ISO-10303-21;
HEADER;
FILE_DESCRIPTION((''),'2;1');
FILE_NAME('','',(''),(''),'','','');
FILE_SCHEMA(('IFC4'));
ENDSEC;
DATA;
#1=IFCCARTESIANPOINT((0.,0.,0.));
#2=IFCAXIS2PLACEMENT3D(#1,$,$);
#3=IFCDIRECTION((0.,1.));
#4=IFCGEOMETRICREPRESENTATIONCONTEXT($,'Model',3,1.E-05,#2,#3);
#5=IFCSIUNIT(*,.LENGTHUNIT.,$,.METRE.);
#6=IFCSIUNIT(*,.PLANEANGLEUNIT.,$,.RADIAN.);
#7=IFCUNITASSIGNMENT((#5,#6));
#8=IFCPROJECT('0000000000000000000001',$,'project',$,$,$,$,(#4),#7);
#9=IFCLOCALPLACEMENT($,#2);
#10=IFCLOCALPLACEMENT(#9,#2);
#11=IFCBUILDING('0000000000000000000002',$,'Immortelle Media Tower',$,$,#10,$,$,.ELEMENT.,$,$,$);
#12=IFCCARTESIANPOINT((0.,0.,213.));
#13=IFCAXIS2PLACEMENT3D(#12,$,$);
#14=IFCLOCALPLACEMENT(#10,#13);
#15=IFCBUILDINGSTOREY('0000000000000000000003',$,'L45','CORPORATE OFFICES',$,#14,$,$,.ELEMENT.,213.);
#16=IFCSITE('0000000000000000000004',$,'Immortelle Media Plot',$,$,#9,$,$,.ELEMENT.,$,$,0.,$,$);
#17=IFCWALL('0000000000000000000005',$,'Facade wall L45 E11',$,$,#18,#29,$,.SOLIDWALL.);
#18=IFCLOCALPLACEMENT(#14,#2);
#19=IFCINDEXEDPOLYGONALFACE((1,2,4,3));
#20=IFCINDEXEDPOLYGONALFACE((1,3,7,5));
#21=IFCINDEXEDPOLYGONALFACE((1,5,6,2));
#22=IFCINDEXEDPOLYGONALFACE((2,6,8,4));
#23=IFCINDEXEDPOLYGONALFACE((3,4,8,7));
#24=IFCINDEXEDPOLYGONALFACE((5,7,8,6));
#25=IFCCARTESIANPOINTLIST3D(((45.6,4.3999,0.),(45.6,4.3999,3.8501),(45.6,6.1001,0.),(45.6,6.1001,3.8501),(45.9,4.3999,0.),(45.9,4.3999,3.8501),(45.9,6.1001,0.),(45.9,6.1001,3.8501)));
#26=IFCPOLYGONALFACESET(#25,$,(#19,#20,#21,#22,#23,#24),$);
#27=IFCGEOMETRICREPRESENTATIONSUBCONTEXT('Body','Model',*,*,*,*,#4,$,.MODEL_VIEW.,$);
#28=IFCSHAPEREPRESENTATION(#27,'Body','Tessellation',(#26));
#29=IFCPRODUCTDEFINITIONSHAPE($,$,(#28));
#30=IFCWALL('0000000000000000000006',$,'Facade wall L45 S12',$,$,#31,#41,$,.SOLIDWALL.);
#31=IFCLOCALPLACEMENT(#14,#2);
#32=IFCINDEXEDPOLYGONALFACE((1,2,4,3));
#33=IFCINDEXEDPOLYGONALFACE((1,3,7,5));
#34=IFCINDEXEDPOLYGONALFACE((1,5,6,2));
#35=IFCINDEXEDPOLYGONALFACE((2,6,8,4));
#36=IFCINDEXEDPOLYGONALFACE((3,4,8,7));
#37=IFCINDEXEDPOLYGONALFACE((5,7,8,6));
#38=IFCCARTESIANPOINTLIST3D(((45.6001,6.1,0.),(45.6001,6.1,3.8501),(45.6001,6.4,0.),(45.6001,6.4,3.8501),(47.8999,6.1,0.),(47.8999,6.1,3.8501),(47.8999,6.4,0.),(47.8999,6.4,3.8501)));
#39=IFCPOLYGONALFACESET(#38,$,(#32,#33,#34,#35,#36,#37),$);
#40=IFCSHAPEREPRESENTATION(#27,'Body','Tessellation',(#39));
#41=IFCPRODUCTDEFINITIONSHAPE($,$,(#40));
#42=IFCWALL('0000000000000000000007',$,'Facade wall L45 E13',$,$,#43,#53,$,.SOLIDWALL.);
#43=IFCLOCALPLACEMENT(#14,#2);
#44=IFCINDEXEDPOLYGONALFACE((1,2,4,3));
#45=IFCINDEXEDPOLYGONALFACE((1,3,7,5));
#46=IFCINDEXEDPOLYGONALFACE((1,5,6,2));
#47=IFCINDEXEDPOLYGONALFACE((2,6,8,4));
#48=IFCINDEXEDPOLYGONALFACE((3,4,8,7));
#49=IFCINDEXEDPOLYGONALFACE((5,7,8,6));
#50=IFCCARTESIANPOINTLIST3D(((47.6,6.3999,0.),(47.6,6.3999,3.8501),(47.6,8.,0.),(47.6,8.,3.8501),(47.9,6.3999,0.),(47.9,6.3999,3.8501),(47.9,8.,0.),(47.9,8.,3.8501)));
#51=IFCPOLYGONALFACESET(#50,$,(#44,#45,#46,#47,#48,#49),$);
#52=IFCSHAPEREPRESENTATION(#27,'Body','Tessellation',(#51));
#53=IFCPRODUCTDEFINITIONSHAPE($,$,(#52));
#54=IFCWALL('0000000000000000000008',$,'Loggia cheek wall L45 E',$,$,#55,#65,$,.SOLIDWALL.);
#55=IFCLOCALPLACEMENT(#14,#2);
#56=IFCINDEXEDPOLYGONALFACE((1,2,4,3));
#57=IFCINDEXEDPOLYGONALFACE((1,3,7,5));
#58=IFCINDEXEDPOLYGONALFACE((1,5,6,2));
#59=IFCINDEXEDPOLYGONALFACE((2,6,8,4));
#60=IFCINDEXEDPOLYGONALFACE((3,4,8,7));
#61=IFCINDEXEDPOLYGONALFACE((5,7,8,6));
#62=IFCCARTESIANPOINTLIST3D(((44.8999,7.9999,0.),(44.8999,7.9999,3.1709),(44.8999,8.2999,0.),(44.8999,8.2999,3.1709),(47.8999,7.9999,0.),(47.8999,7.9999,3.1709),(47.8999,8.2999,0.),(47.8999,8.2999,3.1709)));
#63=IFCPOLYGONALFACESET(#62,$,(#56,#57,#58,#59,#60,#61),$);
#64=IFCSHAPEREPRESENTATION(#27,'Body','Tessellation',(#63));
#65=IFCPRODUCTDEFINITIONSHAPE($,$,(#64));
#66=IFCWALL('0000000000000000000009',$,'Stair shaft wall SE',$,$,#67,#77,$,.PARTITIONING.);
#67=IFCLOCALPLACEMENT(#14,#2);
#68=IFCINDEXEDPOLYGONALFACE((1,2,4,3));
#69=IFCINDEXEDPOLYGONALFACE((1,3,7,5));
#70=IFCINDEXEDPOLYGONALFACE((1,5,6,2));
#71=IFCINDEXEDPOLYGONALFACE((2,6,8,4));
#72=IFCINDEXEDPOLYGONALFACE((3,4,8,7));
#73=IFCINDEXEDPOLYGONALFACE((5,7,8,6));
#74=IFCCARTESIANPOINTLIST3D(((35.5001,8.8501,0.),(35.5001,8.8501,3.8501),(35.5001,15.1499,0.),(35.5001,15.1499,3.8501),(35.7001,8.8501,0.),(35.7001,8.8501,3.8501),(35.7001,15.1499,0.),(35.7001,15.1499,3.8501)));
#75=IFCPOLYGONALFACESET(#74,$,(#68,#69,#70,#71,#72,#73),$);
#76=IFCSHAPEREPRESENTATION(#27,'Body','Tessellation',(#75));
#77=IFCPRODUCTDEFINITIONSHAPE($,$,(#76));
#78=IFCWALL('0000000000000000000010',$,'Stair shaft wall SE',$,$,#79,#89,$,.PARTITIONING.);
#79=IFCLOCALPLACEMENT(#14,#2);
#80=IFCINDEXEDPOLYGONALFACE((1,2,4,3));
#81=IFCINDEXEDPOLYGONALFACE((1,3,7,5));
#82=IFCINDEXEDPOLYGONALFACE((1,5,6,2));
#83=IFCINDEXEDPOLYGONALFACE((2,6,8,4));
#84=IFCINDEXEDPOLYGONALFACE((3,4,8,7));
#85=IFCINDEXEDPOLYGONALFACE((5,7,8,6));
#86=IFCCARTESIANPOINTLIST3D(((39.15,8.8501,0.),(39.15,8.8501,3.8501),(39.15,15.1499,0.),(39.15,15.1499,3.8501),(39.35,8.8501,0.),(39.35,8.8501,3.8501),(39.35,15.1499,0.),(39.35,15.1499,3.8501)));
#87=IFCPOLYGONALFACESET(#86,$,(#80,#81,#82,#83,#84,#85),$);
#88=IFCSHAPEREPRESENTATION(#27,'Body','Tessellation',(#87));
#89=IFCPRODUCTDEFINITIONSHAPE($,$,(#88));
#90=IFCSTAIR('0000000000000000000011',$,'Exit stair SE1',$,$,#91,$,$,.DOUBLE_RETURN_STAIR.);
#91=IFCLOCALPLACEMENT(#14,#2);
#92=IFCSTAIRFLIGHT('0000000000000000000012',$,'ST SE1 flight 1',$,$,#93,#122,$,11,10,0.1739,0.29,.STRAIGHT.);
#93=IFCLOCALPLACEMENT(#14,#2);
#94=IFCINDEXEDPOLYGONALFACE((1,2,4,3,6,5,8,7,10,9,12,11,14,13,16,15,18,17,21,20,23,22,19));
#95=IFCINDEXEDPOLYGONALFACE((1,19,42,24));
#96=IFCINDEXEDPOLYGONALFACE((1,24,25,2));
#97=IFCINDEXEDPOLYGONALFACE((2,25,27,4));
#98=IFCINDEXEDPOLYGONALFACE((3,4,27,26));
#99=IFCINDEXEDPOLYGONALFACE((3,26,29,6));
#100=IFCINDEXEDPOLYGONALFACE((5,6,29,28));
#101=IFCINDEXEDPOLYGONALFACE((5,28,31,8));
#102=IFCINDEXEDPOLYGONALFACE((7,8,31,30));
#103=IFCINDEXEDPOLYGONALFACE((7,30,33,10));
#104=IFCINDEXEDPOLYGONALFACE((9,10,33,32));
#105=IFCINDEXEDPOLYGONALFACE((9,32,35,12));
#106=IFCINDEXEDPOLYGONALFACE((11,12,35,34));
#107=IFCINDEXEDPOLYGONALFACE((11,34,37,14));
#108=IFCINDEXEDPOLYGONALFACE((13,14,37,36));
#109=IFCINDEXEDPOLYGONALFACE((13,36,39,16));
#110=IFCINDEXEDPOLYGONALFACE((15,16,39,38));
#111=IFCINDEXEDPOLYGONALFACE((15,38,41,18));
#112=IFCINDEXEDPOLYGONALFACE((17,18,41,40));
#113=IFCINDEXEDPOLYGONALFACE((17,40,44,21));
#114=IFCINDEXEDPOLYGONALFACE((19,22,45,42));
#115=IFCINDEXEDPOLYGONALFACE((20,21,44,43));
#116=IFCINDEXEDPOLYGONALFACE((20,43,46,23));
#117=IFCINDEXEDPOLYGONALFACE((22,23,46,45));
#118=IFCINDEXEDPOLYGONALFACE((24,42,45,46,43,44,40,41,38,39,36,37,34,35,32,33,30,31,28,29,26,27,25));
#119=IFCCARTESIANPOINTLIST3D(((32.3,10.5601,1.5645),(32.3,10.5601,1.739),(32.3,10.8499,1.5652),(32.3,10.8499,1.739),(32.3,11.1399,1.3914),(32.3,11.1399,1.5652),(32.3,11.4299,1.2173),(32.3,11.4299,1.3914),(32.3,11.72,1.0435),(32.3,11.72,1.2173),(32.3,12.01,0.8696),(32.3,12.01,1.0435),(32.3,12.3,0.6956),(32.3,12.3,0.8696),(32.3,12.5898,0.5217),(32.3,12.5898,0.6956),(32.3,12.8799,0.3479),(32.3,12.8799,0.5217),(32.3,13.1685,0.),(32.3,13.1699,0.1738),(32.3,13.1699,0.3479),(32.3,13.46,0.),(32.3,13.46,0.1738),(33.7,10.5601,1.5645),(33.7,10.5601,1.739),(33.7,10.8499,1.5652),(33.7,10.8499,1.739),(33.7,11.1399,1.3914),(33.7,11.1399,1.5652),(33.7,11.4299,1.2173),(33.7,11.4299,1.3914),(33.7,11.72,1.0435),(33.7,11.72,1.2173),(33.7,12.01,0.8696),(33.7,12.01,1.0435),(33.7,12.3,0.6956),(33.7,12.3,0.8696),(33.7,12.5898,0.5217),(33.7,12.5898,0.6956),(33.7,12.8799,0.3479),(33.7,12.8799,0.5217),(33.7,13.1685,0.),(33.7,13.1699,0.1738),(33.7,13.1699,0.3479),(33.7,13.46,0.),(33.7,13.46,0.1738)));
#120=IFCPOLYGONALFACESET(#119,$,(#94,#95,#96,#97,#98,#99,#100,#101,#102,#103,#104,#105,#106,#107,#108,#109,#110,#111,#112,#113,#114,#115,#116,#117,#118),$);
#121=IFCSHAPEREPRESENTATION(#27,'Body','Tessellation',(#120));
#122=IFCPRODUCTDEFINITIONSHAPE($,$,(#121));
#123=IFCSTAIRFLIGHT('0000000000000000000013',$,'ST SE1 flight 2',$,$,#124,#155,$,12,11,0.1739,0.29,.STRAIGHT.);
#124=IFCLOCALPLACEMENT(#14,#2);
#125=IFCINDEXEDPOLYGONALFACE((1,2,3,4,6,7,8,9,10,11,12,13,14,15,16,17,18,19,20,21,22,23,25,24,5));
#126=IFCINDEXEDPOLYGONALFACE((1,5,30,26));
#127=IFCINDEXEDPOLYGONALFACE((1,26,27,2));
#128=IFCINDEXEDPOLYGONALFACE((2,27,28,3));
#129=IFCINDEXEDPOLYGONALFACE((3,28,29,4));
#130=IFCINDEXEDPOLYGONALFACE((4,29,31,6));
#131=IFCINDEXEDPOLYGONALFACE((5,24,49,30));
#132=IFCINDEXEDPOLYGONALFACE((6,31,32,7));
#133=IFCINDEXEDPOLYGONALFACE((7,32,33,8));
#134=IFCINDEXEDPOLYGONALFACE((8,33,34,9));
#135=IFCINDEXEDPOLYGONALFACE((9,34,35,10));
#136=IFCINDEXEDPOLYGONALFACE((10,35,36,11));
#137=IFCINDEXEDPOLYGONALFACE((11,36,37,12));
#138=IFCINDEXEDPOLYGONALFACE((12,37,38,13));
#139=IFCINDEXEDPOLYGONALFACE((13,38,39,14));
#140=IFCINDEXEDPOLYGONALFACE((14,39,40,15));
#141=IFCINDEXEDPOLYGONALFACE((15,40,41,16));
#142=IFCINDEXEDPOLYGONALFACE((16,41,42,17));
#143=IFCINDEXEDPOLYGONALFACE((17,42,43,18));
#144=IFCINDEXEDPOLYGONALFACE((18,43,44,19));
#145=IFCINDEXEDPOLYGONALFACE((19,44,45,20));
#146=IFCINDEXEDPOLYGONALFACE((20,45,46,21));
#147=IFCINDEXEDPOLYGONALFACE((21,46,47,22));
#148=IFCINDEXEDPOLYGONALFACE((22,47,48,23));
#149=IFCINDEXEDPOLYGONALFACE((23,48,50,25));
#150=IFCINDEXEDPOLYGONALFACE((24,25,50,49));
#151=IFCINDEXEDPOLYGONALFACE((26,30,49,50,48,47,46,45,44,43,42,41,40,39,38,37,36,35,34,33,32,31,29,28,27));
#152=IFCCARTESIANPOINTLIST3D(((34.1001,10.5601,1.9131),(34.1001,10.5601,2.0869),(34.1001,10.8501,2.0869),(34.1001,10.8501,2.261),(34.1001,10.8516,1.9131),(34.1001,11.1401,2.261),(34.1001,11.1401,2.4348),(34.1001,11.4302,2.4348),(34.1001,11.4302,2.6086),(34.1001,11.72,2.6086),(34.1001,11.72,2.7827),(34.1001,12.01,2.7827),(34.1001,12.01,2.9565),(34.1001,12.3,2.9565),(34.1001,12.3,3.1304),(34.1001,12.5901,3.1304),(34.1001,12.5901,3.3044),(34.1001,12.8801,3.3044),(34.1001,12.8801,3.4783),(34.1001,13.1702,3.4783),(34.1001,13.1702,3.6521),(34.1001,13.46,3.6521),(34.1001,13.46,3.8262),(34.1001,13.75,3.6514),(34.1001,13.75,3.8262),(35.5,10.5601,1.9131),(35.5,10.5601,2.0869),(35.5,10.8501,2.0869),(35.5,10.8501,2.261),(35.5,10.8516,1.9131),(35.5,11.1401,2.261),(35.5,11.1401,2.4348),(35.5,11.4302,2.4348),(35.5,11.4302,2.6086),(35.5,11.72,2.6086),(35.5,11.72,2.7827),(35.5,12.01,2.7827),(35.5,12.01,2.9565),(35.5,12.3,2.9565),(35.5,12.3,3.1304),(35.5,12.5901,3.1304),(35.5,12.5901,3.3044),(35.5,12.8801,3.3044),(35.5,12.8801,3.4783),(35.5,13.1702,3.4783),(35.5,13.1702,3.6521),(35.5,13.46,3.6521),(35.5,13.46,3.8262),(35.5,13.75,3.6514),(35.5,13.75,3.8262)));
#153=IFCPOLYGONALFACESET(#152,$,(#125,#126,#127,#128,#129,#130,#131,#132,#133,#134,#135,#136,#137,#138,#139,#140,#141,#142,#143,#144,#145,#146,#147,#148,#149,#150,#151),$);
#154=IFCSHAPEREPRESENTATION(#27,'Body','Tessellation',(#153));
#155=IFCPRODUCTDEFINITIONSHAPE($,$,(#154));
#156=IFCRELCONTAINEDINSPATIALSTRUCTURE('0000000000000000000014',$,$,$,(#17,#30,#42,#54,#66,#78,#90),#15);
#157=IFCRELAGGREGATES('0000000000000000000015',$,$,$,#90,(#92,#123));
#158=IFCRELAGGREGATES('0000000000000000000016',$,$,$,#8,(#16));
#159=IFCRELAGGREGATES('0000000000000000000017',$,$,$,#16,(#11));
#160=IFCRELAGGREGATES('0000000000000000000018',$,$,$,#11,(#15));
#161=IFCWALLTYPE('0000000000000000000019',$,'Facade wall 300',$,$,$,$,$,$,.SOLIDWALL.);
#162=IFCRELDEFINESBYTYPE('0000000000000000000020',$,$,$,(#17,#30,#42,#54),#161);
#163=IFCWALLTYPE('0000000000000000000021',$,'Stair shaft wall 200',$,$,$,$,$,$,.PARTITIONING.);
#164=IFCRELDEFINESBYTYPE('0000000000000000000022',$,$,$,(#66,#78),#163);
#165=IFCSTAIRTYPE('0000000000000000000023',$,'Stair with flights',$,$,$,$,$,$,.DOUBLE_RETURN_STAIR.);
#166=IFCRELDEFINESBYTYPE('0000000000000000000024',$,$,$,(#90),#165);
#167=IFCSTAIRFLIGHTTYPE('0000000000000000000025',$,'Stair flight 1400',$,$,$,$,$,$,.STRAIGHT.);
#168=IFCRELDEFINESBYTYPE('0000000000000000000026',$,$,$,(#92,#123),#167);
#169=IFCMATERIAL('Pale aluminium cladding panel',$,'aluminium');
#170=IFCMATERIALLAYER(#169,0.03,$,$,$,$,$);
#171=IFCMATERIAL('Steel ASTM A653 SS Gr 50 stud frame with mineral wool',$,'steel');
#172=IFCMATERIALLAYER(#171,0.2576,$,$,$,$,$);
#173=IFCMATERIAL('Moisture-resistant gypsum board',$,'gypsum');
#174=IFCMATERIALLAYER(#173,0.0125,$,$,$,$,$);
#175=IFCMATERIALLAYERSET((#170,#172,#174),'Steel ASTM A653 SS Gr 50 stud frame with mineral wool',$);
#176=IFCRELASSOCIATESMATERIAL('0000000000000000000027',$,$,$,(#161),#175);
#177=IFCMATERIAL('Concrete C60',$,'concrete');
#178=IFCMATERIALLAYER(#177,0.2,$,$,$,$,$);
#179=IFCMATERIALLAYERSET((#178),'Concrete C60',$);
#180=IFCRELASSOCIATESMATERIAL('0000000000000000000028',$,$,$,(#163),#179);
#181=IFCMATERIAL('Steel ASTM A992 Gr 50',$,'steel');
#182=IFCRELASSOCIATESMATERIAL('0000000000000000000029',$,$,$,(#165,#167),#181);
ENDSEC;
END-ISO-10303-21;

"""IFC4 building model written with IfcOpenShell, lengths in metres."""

from ifc_helpers import new_model, si_unit, direction, frame, frame_2d, origin, place, context, subcontext, project, spatial, polyline, rectangle, outline, extrude, material, layer, layer_set, type_object, element, aggregate, save


model = new_model("IFC4")

# Units and contexts
model_context = context("Model", 3, precision=1e-05, world=origin(), true_north=direction((0.0, 1.0)))
body_context = subcontext(model_context, "Body", "Model", "MODEL_VIEW")
ifc_project = project(units=[si_unit("LENGTHUNIT", "METRE"), si_unit("PLANEANGLEUNIT", "RADIAN")], contexts=[model_context])

# Site, building, storey
site_placement = place(None, origin())
site = spatial("IfcSite", under=ifc_project, at=site_placement, Name="Immortelle Media Plot", CompositionType="ELEMENT", RefElevation=0.0)
building_placement = place(site_placement, origin())
building = spatial("IfcBuilding", under=site, at=building_placement, Name="Immortelle Media Tower", CompositionType="ELEMENT")
storey_placement = place(building_placement, frame((0.0, 0.0, 213.0)))
storey = spatial("IfcBuildingStorey", under=building, at=storey_placement, Name="L45", Description="CORPORATE OFFICES", CompositionType="ELEMENT", Elevation=213.0)

# Shared definitions
ifc_material_1 = material(Name="Steel ASTM A992 Gr 50", Category="steel")

# Walls
ifc_material_2 = material(Name="Pale aluminium cladding panel", Category="aluminium")
ifc_layer_1 = layer(ifc_material_2, 0.03)
ifc_material_3 = material(Name="Steel ASTM A653 SS Gr 50 stud frame with mineral wool", Category="steel")
ifc_layer_2 = layer(ifc_material_3, 0.2576)
ifc_material_4 = material(Name="Moisture-resistant gypsum board", Category="gypsum")
ifc_layer_3 = layer(ifc_material_4, 0.0125)
ifc_layer_set_1 = layer_set([ifc_layer_1, ifc_layer_2, ifc_layer_3], Name="Steel ASTM A653 SS Gr 50 stud frame with mineral wool")
wall_type_1 = type_object("IfcWallType", Name="Facade wall 300", PredefinedType="SOLIDWALL", material=ifc_layer_set_1)
wall_1_placement = place(storey_placement, frame((45.75, 4.3999, 0.0), z_axis=(0.0, 0.0, 1.0), x_axis=(0.0, 1.0, 0.0)))
element("IfcWall", 1, at=wall_1_placement, inside=storey, type_object=wall_type_1, Name="Facade wall L45 E11", PredefinedType="SOLIDWALL", context=body_context, shape_type="SweptSolid", body=[
    extrude(rectangle(XDim=1.7002, YDim=0.3, at=frame_2d((0.8501, 0.0))), origin(), (0.0, 0.0, 1.0), 3.8501),
])
wall_2_placement = place(storey_placement, frame((45.6001, 6.25, 0.0), z_axis=(0.0, 0.0, 1.0), x_axis=(1.0, 0.0, 0.0)))
element("IfcWall", 2, at=wall_2_placement, inside=storey, type_object=wall_type_1, Name="Facade wall L45 S12", PredefinedType="SOLIDWALL", context=body_context, shape_type="SweptSolid", body=[
    extrude(rectangle(XDim=2.2998, YDim=0.3, at=frame_2d((1.1499, 0.0))), origin(), (0.0, 0.0, 1.0), 3.8501),
])
wall_3_placement = place(storey_placement, frame((47.75, 6.3999, 0.0), z_axis=(0.0, 0.0, 1.0), x_axis=(0.0, 1.0, 0.0)))
element("IfcWall", 3, at=wall_3_placement, inside=storey, type_object=wall_type_1, Name="Facade wall L45 E13", PredefinedType="SOLIDWALL", context=body_context, shape_type="SweptSolid", body=[
    extrude(rectangle(XDim=1.6001, YDim=0.3, at=frame_2d((0.8, 0.0))), origin(), (0.0, 0.0, 1.0), 3.8501),
])

# Walls
wall_4_placement = place(storey_placement, frame((47.8999, 8.1499, 0.0), z_axis=(0.0, 0.0, 1.0), x_axis=(-1.0, 0.0, 0.0)))
element("IfcWall", 4, at=wall_4_placement, inside=storey, type_object=wall_type_1, Name="Loggia cheek wall L45 E", PredefinedType="SOLIDWALL", context=body_context, shape_type="SweptSolid", body=[
    extrude(rectangle(XDim=3.0, YDim=0.3, at=frame_2d((1.5, 0.0))), origin(), (0.0, 0.0, 1.0), 3.1709),
])
ifc_material_5 = material(Name="Concrete C60", Category="concrete")
ifc_layer_4 = layer(ifc_material_5, 0.2)
ifc_layer_set_2 = layer_set([ifc_layer_4], Name="Concrete C60")
wall_type_2 = type_object("IfcWallType", Name="Stair shaft wall 200", PredefinedType="PARTITIONING", material=ifc_layer_set_2)
for number, where, z_axis, x_axis, name in (
    (5, (35.6001, 8.8501, 0.0), (0.0, 0.0, 1.0), (0.0, 1.0, 0.0), "Stair shaft wall SE"),
    (6, (39.25, 8.8501, 0.0), (0.0, 0.0, 1.0), (0.0, 1.0, 0.0), "Stair shaft wall SE"),
):
    element("IfcWall", number, at=place(storey_placement, frame(where, z_axis=z_axis, x_axis=x_axis)), inside=storey, type_object=wall_type_2, Name=name, PredefinedType="PARTITIONING", context=body_context, shape_type="SweptSolid", body=[
        extrude(rectangle(XDim=6.2998, YDim=0.2, at=frame_2d((3.1499, 0.0))), origin(), (0.0, 0.0, 1.0), 3.8501),
    ])

# Stair, stair flights
stair_type = type_object("IfcStairType", Name="Stair with flights", PredefinedType="DOUBLE_RETURN_STAIR", material=ifc_material_1)
stair_1_placement = place(storey_placement, origin())
stair_1 = element("IfcStair", 7, at=stair_1_placement, inside=storey, type_object=stair_type, Name="Exit stair SE1", PredefinedType="DOUBLE_RETURN_STAIR")
stair_flight_type = type_object("IfcStairFlightType", Name="Stair flight 1400", PredefinedType="STRAIGHT", material=ifc_material_1)
stair_flight_1_placement = place(storey_placement, frame((33.0, 13.46, 0.0), z_axis=(0.0, 0.0, 1.0), x_axis=(0.0, -1.0, 0.0)))
stair_flight_1 = element("IfcStairFlight", 8, at=stair_flight_1_placement, type_object=stair_flight_type, Name="ST SE1 flight 1", NumberOfRisers=11, NumberOfTreads=10, PredefinedType="STRAIGHT", RiserHeight=0.1739, TreadLength=0.29, context=body_context, shape_type="SweptSolid", body=[
    extrude(outline(polyline([(0.0, 0.0), (0.0, 0.1738), (0.29, 0.1738), (0.29, 0.3479), (0.5801, 0.3479), (0.5801, 0.5217), (0.8701, 0.5217), (0.8701, 0.6956), (1.1599, 0.6956), (1.1599, 0.8696), (1.45, 0.8696), (1.45, 1.0435), (1.74, 1.0435), (1.74, 1.2173), (2.03, 1.2173), (2.03, 1.3914), (2.3201, 1.3914), (2.3201, 1.5652), (2.6101, 1.5652), (2.6101, 1.739), (2.8999, 1.739), (2.8999, 1.9131), (2.8999, 1.5645), (0.2915, 0.0), (0.0, 0.0)])), frame((0.0, 0.7, 0.0), z_axis=(0.0, -1.0, 0.0), x_axis=(1.0, 0.0, 0.0)), (0.0, 0.0, 1.0), 1.3999),
])
stair_flight_2_placement = place(storey_placement, frame((34.8, 10.5601, 1.9131), z_axis=(0.0, 0.0, 1.0), x_axis=(0.0, 1.0, 0.0)))
stair_flight_2 = element("IfcStairFlight", 9, at=stair_flight_2_placement, type_object=stair_flight_type, Name="ST SE1 flight 2", NumberOfRisers=12, NumberOfTreads=11, PredefinedType="STRAIGHT", RiserHeight=0.1739, TreadLength=0.29, context=body_context, shape_type="SweptSolid", body=[
    extrude(outline(polyline([(0.0, 0.0), (0.0, 0.1738), (0.29, 0.1738), (0.29, 0.3479), (0.5801, 0.3479), (0.5801, 0.5217), (0.8701, 0.5217), (0.8701, 0.6956), (1.1599, 0.6956), (1.1599, 0.8696), (1.45, 0.8696), (1.45, 1.0435), (1.74, 1.0435), (1.74, 1.2173), (2.03, 1.2173), (2.03, 1.3914), (2.3201, 1.3914), (2.3201, 1.5652), (2.6101, 1.5652), (2.6101, 1.739), (2.8999, 1.739), (2.8999, 1.9131), (3.1899, 1.9131), (3.1899, 2.0869), (3.1899, 1.7383), (0.2915, 0.0), (0.0, 0.0)])), frame((0.0, 0.7, 0.0), z_axis=(0.0, -1.0, 0.0), x_axis=(1.0, 0.0, 0.0)), (0.0, 0.0, 1.0), 1.3999),
])
aggregate(stair_1, [stair_flight_1, stair_flight_2])

save(model, "model.ifc")
